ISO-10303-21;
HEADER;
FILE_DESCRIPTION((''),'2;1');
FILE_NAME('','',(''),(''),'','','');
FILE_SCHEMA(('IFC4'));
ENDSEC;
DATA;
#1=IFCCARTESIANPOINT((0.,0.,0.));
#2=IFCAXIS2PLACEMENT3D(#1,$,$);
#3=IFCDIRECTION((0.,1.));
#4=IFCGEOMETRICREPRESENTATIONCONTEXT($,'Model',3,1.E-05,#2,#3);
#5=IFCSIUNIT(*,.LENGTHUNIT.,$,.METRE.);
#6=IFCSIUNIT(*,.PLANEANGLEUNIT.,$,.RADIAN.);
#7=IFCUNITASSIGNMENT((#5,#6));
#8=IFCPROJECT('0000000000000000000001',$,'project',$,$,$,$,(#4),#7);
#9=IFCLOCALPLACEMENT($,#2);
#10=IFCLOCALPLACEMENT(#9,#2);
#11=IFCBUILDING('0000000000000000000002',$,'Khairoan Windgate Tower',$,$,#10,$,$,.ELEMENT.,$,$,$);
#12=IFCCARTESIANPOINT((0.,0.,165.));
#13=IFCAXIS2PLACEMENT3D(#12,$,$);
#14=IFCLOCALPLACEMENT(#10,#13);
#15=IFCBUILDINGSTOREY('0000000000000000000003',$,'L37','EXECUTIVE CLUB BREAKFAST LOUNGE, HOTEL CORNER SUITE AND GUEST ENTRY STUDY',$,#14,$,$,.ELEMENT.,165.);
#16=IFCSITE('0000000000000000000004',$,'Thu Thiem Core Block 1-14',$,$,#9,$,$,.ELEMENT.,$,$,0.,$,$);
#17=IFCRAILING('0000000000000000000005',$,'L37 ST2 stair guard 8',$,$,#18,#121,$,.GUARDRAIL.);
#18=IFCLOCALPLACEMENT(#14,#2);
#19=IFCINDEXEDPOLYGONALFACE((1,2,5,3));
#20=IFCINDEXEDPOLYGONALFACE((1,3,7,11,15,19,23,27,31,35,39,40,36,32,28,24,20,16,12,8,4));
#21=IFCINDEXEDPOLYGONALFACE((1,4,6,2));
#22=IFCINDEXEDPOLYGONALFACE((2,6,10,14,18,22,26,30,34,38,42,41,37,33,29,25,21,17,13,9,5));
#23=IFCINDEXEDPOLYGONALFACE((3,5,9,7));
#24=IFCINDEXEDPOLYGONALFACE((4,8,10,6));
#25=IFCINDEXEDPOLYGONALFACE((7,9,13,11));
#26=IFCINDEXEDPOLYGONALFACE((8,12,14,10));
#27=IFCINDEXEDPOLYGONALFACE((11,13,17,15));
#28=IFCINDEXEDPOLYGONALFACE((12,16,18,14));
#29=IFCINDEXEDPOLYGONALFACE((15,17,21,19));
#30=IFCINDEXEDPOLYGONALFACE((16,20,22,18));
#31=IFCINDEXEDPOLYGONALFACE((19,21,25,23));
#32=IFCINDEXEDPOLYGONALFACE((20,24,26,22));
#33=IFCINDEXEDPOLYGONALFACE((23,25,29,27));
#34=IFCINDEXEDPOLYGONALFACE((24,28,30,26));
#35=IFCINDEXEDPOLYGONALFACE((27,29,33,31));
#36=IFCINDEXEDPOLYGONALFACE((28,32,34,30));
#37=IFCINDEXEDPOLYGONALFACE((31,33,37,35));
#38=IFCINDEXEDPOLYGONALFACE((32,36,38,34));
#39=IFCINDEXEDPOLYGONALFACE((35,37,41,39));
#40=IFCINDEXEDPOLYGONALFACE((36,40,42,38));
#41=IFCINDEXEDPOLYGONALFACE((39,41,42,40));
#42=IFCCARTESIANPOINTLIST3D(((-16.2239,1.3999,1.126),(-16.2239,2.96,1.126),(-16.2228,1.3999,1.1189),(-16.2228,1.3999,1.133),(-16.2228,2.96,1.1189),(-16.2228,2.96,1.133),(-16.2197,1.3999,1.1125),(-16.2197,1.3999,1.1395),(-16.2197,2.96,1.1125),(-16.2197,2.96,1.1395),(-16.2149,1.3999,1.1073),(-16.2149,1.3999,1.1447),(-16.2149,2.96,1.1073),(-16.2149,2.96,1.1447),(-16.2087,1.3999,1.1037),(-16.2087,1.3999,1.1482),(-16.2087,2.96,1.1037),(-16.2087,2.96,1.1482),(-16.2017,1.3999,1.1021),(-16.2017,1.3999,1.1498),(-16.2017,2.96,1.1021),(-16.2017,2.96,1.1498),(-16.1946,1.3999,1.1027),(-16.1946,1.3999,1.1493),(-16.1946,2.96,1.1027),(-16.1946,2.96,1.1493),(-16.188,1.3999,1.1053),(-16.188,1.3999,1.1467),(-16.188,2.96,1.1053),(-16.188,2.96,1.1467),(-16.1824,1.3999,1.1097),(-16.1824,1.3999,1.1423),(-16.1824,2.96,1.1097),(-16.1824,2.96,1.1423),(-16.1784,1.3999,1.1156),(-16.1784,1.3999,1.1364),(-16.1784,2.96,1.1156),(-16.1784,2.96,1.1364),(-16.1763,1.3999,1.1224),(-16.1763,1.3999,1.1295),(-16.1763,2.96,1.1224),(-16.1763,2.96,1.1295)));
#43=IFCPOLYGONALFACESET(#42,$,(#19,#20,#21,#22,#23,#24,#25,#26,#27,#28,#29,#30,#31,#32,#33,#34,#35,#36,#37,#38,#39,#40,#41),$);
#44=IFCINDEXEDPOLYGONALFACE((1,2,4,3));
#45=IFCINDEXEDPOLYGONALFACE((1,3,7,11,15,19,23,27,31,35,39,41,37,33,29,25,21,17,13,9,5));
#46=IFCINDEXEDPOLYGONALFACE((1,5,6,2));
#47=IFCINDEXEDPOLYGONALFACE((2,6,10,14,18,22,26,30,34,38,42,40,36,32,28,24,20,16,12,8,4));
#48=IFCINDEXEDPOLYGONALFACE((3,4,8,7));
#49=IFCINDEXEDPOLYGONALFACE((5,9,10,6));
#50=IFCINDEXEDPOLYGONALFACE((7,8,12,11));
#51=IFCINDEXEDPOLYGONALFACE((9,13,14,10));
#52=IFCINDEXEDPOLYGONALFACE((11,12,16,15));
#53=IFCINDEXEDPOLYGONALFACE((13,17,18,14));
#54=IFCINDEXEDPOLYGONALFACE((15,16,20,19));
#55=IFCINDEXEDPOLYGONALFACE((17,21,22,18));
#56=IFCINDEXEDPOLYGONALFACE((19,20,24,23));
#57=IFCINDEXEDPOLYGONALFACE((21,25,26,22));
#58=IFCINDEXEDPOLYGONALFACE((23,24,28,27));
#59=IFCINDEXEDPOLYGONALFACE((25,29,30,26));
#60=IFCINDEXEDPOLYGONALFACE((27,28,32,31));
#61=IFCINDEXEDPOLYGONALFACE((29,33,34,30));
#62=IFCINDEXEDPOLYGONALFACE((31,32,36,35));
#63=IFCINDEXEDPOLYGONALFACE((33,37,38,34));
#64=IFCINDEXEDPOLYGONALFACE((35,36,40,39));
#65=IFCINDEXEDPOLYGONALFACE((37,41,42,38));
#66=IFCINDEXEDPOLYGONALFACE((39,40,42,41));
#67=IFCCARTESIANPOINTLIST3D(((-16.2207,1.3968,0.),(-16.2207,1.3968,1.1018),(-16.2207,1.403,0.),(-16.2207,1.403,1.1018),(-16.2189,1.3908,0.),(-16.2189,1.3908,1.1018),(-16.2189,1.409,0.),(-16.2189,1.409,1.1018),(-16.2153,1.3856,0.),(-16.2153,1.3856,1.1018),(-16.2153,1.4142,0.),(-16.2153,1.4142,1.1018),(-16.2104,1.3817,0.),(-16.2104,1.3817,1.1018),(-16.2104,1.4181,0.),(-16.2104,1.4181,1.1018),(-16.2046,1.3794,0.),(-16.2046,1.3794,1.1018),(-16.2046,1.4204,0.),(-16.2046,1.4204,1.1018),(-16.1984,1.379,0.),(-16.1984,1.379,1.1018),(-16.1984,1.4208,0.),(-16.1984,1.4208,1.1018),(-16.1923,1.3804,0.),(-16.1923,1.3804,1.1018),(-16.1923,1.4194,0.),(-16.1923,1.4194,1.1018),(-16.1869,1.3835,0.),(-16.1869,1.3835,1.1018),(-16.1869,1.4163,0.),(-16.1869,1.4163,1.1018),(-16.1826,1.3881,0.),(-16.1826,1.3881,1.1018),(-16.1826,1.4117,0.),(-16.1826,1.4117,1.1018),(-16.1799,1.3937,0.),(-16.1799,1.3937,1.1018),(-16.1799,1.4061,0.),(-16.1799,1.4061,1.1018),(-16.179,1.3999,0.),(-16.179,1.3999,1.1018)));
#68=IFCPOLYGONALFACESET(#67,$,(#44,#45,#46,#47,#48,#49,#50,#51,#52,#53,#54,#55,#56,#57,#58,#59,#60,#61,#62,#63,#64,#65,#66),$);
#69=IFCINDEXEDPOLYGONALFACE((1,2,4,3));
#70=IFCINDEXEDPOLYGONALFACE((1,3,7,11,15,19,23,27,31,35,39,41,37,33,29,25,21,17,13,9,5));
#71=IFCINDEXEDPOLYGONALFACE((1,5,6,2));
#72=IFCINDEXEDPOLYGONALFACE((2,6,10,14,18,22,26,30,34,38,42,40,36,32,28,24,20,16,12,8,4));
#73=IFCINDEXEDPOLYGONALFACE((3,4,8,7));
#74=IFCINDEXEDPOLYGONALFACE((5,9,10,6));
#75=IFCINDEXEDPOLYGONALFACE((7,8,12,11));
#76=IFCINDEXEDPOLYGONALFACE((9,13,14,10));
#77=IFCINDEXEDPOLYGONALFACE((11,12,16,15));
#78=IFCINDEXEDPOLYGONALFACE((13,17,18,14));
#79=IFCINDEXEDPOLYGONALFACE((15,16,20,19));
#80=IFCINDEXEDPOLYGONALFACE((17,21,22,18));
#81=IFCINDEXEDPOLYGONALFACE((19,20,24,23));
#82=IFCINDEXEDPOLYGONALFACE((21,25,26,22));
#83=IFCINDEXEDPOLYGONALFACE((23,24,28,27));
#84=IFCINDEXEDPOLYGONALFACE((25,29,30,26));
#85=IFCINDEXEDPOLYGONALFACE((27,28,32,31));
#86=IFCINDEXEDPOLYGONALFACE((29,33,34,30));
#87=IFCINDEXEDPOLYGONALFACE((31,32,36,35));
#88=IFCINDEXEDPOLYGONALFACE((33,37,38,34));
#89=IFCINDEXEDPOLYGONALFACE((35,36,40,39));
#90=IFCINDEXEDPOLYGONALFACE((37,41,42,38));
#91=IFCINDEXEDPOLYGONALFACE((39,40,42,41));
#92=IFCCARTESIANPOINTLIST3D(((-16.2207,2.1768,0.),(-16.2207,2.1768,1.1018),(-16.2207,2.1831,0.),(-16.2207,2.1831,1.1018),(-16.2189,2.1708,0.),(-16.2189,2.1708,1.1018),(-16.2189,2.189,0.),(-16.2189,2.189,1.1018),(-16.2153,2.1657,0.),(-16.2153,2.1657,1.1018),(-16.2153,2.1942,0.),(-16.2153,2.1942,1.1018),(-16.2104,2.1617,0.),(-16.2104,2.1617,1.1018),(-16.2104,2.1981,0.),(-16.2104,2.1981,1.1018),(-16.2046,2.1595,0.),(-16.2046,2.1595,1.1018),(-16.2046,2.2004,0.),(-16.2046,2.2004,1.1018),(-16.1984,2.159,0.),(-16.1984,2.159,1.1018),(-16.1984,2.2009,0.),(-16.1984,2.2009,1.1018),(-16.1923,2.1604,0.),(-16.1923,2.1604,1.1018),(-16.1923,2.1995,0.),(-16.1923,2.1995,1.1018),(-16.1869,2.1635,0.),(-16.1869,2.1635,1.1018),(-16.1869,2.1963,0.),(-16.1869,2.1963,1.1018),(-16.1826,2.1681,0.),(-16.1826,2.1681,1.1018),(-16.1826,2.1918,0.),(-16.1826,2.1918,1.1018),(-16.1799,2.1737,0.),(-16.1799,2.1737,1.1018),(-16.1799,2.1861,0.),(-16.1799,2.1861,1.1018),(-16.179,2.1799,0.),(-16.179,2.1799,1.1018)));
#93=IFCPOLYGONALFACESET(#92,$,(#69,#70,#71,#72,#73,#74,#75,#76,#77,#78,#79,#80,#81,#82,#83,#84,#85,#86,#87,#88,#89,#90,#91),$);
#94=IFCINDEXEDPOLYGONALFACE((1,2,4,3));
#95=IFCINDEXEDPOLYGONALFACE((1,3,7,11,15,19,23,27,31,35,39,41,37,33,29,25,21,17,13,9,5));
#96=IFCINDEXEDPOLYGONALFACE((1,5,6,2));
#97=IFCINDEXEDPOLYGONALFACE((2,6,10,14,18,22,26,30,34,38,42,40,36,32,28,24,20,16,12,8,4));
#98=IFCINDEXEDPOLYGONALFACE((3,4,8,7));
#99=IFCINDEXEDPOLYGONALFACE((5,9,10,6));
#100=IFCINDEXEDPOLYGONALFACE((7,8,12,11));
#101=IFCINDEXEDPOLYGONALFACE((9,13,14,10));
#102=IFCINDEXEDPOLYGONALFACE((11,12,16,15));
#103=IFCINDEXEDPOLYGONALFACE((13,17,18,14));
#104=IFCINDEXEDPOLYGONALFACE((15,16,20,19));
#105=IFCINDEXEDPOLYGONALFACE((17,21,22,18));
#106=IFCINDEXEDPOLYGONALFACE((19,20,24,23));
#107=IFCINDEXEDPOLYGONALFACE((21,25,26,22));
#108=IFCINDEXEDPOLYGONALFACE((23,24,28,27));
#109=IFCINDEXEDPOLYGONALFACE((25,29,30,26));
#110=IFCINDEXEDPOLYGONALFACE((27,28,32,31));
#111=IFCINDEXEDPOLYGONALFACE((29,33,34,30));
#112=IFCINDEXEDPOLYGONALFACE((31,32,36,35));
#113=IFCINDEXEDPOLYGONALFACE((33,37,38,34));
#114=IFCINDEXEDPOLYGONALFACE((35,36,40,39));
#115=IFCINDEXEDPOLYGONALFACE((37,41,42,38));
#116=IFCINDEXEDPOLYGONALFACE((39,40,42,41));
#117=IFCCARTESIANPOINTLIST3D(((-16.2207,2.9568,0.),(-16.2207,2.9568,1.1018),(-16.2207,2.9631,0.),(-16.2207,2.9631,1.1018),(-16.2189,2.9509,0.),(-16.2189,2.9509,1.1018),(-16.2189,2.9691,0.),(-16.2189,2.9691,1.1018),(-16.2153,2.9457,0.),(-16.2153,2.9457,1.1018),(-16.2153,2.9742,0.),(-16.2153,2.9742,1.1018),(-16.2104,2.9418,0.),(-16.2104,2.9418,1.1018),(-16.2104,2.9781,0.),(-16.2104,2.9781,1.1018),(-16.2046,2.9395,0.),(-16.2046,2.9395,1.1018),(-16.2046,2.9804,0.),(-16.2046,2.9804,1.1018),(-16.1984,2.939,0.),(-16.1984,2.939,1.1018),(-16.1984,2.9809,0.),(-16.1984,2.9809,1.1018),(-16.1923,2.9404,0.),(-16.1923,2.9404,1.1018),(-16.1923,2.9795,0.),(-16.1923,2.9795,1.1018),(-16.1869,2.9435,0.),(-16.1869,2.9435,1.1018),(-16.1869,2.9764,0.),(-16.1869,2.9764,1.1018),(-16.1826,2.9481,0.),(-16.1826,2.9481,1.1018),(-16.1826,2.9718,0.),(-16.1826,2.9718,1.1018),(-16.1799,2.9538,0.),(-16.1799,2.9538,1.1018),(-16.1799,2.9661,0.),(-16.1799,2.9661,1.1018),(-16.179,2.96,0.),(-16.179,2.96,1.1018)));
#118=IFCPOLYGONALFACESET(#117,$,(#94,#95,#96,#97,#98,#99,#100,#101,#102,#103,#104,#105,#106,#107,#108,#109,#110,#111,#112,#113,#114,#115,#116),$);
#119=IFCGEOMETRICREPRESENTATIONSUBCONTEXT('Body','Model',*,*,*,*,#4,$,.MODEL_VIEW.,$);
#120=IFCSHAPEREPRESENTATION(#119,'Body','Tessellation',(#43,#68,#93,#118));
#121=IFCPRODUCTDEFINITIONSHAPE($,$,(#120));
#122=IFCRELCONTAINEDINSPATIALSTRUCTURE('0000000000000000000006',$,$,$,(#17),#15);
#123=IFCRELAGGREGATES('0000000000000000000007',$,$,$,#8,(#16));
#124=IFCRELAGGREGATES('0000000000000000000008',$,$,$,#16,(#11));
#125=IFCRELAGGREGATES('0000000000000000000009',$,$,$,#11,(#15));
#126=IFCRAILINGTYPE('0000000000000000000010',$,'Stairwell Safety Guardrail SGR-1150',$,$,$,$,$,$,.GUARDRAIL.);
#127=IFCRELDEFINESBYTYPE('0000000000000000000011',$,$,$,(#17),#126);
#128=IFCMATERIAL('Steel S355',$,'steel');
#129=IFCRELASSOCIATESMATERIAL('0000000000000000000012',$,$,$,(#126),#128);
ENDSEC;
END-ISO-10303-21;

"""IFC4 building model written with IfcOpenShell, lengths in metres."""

from ifc_helpers import new_model, si_unit, direction, frame, origin, origin_2d, place, context, subcontext, project, spatial, circle, extrude, material, type_object, element, save


model = new_model("IFC4")

# Units and contexts
model_context = context("Model", 3, precision=1e-05, world=origin(), true_north=direction((0.0, 1.0)))
body_context = subcontext(model_context, "Body", "Model", "MODEL_VIEW")
ifc_project = project(units=[si_unit("LENGTHUNIT", "METRE"), si_unit("PLANEANGLEUNIT", "RADIAN")], contexts=[model_context])

# Site, building, storey
site_placement = place(None, origin())
site = spatial("IfcSite", under=ifc_project, at=site_placement, Name="Thu Thiem Core Block 1-14", CompositionType="ELEMENT", RefElevation=0.0)
building_placement = place(site_placement, origin())
building = spatial("IfcBuilding", under=site, at=building_placement, Name="Khairoan Windgate Tower", CompositionType="ELEMENT")
storey_placement = place(building_placement, frame((0.0, 0.0, 165.0)))
storey = spatial("IfcBuildingStorey", under=building, at=storey_placement, Name="L37", Description="EXECUTIVE CLUB BREAKFAST LOUNGE, HOTEL CORNER SUITE AND GUEST ENTRY STUDY", CompositionType="ELEMENT", Elevation=165.0)

# Railing
ifc_material_1 = material(Name="Steel S355", Category="steel")
railing_type_1 = type_object("IfcRailingType", Name="Stairwell Safety Guardrail SGR-1150", PredefinedType="GUARDRAIL", material=ifc_material_1)
railing_1_placement = place(storey_placement, frame((-16.2, 1.3999, 0.0)))
element("IfcRailing", 1, at=railing_1_placement, inside=storey, type_object=railing_type_1, Name="L37 ST2 stair guard 8", PredefinedType="GUARDRAIL", context=body_context, shape_type="SweptSolid", body=[
    extrude(circle(Radius=0.0239, at=origin_2d()), frame((0.0, 0.0, 1.126), z_axis=(0.0, 1.0, 0.0), x_axis=(-1.0, 0.0, 0.0)), (0.0, 0.0, 1.0), 1.5601),
    extrude(circle(Radius=0.021, at=origin_2d()), origin(), (0.0, 0.0, 1.0), 1.1018),
    extrude(circle(Radius=0.021, at=origin_2d()), frame((0.0, 0.78, 0.0)), (0.0, 0.0, 1.0), 1.1018),
    extrude(circle(Radius=0.021, at=origin_2d()), frame((0.0, 1.5601, 0.0)), (0.0, 0.0, 1.0), 1.1018),
])

save(model, "model.ifc")
